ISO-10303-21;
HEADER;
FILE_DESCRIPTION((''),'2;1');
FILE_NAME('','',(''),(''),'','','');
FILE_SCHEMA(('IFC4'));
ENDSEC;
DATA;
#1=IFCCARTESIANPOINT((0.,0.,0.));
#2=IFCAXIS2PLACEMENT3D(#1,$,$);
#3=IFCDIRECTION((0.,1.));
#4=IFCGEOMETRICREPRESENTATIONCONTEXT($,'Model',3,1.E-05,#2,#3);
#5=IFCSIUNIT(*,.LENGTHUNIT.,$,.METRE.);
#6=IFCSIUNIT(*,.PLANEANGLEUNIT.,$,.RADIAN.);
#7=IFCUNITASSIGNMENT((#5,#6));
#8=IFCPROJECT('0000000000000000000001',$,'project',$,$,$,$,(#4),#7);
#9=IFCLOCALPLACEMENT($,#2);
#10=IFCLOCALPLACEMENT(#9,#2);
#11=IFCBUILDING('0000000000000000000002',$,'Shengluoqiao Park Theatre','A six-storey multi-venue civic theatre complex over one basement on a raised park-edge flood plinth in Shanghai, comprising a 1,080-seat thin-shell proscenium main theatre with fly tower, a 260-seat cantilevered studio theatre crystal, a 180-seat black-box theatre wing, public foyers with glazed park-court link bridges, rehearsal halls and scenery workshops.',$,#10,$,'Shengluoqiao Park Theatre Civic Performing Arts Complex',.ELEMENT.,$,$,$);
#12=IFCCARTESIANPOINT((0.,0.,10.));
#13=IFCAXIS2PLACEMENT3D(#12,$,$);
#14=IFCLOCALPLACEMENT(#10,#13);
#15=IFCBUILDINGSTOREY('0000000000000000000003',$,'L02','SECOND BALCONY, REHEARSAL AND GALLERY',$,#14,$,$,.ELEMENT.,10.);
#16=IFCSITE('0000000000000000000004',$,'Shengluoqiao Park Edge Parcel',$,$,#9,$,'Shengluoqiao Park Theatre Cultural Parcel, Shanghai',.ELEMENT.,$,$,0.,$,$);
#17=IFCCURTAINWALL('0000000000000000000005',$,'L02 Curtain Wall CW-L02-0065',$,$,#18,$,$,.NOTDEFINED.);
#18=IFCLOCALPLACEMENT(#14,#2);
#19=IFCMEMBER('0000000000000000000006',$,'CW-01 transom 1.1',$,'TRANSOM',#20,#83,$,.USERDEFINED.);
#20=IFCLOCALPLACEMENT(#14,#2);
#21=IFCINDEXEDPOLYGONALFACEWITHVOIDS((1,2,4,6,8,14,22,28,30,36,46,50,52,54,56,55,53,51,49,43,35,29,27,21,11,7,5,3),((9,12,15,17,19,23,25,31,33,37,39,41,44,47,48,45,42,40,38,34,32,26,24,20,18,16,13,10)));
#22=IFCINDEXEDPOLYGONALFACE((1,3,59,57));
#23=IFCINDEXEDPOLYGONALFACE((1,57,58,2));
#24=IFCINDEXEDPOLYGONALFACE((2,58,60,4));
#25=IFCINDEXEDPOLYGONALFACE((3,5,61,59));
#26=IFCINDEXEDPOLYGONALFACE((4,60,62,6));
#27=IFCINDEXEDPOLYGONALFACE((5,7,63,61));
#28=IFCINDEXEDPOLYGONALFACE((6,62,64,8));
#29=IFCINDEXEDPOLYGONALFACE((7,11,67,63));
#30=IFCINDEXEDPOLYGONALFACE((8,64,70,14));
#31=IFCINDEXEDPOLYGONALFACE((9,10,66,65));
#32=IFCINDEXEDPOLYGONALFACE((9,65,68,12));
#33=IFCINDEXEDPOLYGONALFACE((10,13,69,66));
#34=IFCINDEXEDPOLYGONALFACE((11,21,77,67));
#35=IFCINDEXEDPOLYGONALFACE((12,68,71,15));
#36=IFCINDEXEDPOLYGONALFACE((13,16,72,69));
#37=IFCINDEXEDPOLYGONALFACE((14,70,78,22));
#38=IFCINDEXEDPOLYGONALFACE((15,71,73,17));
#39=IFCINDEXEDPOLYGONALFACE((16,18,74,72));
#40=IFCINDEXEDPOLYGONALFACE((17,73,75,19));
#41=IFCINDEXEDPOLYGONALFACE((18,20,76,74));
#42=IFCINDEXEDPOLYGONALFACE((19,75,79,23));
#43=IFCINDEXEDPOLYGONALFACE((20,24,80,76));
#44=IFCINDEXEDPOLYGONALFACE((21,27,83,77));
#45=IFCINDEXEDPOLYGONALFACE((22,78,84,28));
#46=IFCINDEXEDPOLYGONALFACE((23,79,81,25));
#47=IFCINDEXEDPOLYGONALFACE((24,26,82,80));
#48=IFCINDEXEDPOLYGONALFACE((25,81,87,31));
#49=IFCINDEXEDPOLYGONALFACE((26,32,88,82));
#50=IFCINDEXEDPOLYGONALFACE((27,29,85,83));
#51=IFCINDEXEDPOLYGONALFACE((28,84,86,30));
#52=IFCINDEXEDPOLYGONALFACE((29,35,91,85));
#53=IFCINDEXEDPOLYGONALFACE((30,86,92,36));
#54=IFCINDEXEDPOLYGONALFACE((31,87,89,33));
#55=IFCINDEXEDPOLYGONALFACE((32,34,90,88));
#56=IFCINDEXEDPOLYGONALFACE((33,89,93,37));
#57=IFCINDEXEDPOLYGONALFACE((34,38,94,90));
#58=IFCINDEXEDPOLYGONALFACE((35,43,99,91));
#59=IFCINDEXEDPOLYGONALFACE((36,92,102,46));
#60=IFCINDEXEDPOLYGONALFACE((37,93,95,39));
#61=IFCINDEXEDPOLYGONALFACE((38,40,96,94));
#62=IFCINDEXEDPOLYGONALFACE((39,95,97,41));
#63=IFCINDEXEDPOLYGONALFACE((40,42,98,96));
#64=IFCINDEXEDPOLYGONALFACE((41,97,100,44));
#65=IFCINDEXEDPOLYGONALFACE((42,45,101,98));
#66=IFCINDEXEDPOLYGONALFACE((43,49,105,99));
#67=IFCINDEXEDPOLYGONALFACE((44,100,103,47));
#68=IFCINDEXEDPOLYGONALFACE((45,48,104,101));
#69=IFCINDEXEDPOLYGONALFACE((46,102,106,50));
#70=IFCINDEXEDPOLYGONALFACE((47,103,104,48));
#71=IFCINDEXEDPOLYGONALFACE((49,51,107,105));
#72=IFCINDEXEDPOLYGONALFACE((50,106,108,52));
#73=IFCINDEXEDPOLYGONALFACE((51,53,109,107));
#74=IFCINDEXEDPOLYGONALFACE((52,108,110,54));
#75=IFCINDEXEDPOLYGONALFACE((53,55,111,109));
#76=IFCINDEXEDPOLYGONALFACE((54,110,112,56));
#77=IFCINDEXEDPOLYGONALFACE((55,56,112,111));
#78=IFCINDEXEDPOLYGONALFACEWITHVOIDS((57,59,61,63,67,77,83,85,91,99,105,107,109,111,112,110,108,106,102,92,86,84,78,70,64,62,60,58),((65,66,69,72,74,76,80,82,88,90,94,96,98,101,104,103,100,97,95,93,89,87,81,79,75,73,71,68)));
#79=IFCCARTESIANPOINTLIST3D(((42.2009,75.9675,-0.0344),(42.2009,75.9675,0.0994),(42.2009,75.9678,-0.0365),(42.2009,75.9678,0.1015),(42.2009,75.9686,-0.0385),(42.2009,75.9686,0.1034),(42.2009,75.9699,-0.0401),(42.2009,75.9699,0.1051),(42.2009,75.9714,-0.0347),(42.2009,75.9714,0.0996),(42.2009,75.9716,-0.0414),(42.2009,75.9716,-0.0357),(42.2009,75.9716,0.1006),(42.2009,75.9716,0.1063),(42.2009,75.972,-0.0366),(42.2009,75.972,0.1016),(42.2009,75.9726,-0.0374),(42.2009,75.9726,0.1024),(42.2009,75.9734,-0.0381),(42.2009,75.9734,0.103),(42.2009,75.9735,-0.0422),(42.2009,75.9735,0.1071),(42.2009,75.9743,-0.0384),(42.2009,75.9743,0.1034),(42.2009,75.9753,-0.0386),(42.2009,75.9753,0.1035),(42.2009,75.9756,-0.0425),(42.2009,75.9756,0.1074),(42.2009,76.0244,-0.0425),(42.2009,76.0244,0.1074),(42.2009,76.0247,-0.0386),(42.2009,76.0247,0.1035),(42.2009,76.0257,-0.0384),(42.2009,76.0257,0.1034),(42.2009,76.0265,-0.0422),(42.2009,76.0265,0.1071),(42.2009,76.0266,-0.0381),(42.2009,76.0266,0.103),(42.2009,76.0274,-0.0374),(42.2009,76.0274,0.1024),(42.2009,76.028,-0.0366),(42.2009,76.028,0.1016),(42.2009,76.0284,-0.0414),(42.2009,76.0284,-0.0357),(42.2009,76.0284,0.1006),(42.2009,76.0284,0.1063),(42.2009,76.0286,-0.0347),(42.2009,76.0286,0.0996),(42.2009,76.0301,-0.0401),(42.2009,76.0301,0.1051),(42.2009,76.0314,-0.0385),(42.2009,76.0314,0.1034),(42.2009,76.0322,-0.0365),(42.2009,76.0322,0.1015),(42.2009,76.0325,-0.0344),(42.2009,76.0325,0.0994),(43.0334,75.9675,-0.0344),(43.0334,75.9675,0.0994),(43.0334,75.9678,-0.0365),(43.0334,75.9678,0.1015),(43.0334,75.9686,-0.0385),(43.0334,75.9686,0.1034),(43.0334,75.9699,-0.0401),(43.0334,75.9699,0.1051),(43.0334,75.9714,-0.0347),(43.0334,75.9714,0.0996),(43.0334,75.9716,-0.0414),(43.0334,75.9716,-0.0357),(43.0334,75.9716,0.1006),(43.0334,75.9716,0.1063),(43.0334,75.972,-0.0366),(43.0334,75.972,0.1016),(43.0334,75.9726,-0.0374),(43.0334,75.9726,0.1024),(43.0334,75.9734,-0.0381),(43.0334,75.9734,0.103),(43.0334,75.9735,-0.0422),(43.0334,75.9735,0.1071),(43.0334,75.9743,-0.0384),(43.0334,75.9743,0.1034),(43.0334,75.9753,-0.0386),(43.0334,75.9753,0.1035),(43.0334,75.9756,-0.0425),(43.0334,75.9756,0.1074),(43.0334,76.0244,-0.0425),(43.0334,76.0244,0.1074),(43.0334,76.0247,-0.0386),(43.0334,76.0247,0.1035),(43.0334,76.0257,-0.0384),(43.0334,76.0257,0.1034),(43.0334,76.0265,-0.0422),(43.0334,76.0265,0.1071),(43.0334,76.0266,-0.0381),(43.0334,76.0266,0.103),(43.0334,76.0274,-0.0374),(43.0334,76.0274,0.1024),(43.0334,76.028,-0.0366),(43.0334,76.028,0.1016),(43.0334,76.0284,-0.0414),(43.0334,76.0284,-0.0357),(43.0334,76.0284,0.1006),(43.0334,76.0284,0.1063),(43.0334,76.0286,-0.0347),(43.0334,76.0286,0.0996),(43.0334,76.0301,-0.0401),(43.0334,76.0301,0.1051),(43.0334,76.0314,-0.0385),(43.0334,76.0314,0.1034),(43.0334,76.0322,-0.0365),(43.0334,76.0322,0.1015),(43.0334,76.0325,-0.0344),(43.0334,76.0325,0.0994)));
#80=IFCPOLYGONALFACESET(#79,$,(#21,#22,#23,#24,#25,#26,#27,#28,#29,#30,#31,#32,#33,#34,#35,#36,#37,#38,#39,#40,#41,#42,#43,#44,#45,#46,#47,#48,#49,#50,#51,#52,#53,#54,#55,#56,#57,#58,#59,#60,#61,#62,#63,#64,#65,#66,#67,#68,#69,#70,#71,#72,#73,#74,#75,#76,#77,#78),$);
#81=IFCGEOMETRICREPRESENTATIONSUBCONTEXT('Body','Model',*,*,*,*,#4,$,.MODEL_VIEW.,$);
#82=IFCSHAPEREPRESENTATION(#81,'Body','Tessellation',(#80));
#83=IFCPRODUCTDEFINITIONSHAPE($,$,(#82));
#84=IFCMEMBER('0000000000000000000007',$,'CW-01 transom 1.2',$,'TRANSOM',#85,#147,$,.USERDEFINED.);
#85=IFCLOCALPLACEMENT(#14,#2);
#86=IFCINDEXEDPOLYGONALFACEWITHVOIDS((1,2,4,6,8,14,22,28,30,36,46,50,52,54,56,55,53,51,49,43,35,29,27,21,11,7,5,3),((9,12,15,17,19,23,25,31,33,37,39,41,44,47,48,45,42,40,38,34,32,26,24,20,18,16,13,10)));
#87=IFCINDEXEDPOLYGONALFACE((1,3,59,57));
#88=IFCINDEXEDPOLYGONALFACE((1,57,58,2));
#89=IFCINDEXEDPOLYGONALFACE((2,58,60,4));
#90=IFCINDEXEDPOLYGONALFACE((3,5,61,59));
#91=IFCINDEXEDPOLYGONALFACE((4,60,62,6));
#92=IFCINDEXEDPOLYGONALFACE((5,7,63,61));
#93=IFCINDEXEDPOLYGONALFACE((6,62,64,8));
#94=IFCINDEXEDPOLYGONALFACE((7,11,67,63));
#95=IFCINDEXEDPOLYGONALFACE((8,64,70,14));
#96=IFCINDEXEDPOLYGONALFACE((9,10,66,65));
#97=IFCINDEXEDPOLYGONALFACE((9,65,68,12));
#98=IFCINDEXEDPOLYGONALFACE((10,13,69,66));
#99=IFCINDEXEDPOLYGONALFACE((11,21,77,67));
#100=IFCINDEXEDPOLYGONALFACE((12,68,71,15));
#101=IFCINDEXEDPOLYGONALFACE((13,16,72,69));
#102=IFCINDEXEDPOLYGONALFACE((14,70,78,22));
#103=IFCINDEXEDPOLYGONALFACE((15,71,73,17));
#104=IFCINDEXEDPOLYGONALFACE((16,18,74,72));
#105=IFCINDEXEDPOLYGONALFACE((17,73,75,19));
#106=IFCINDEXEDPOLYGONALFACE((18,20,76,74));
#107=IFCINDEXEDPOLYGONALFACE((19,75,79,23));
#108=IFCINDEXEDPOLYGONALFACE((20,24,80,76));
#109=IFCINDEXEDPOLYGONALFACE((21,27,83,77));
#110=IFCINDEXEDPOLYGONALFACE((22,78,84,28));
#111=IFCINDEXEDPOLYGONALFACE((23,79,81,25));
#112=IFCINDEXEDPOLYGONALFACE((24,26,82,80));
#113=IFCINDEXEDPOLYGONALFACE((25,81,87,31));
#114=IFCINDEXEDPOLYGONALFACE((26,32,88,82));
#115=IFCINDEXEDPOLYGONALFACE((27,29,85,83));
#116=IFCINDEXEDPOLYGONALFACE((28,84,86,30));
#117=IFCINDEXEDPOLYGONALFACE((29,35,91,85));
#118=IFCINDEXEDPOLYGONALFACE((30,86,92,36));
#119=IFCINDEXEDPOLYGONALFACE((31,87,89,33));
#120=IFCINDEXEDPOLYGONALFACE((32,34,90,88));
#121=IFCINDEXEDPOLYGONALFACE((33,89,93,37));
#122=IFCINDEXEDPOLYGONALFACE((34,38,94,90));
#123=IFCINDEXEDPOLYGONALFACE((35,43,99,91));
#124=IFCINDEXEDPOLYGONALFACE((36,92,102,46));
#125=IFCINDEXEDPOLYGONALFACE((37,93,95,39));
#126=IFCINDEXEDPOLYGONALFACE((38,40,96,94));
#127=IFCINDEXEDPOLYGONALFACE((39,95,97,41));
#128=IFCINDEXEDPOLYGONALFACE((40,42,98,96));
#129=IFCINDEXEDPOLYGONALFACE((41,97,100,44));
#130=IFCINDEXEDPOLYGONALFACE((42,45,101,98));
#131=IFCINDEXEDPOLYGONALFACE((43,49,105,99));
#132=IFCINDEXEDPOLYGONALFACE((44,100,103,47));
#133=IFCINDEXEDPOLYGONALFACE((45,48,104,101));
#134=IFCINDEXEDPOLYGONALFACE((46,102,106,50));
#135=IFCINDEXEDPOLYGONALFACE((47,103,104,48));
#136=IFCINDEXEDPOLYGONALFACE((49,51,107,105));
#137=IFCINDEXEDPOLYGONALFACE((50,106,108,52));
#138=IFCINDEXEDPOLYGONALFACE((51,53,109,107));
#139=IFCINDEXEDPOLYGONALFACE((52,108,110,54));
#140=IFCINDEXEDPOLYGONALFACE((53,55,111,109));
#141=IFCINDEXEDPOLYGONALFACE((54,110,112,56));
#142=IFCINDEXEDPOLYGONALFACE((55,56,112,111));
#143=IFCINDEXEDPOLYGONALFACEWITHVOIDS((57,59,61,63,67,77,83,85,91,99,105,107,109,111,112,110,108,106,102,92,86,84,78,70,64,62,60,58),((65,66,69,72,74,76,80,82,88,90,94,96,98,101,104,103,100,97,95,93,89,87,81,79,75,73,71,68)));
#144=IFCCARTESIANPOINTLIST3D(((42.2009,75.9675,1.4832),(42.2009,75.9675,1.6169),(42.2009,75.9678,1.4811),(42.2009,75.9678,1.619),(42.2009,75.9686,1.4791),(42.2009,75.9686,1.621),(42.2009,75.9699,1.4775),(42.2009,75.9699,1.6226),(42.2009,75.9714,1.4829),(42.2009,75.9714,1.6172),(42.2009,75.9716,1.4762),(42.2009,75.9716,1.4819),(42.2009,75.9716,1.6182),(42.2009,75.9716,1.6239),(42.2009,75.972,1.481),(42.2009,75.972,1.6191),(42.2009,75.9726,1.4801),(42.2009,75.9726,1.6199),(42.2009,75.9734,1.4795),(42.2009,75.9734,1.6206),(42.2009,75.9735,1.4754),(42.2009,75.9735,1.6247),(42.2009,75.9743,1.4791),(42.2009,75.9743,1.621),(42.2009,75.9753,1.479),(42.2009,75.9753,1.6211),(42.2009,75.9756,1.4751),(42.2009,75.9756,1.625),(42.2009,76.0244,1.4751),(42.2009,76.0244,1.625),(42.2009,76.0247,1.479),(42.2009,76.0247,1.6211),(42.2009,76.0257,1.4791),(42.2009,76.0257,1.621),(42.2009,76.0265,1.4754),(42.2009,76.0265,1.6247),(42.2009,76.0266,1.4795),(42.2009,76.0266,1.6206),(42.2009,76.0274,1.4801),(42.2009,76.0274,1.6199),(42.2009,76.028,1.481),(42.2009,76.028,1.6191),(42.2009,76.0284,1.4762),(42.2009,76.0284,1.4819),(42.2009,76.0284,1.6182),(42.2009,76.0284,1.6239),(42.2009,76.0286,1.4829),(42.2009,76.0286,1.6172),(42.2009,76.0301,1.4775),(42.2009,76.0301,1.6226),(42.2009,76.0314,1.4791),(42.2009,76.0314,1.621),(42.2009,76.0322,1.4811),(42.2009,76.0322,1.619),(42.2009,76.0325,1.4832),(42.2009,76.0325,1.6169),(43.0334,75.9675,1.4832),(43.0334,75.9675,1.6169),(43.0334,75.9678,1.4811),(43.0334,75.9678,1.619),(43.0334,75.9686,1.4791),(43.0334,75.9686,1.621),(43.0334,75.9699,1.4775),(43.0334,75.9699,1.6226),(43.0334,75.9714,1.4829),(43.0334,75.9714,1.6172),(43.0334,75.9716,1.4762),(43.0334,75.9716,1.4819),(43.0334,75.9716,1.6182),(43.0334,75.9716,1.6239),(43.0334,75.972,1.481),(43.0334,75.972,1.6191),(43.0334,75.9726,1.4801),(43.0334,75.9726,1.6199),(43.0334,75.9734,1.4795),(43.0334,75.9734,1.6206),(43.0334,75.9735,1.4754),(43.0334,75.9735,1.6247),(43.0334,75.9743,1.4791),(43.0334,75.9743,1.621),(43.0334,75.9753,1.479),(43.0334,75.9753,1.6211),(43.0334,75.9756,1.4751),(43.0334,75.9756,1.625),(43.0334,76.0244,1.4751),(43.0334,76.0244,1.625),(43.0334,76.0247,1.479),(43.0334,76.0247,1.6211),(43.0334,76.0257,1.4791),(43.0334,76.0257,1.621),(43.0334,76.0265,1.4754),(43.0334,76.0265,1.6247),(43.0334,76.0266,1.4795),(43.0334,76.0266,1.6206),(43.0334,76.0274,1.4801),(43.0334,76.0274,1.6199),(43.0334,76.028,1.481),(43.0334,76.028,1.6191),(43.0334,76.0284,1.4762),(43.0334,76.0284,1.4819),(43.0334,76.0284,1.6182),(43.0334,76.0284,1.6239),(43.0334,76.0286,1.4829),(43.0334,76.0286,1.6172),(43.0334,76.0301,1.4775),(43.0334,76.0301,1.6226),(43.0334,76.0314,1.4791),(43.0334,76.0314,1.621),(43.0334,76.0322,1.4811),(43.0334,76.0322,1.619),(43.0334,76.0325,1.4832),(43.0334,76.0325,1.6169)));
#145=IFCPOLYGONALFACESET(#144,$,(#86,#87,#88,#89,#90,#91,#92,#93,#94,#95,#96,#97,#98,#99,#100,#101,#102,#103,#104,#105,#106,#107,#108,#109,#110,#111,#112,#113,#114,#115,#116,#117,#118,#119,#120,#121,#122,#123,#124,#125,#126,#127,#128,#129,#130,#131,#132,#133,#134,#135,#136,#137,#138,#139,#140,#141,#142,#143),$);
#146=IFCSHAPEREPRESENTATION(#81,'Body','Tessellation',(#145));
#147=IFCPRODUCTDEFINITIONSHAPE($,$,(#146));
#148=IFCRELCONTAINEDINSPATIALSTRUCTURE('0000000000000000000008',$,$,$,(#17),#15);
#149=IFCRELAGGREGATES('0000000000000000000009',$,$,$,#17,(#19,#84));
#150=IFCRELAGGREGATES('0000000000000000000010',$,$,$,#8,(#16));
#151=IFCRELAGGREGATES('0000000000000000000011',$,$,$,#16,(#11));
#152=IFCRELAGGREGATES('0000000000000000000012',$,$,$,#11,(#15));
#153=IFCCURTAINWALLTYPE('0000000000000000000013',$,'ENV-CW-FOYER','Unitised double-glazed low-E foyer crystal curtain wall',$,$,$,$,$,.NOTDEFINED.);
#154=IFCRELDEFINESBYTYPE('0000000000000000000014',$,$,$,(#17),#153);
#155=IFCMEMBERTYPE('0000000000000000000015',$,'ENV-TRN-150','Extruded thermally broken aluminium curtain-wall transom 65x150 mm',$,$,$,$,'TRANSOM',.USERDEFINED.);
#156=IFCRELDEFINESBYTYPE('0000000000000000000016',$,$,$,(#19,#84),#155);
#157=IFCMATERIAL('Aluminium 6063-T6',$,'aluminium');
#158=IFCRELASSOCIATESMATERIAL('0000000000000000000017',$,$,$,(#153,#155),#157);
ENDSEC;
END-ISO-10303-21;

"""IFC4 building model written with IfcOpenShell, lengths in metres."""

from ifc_helpers import new_model, si_unit, direction, frame, origin, origin_2d, place, context, subcontext, project, spatial, hollow_rectangle, extrude, material, material_profile, profile_set, type_object, element, aggregate, save


model = new_model("IFC4")

# Units and contexts
model_context = context("Model", 3, precision=1e-05, world=origin(), true_north=direction((0.0, 1.0)))
body_context = subcontext(model_context, "Body", "Model", "MODEL_VIEW")
ifc_project = project(units=[si_unit("LENGTHUNIT", "METRE"), si_unit("PLANEANGLEUNIT", "RADIAN")], contexts=[model_context])

# Site, building, storey
site_placement = place(None, origin())
site = spatial("IfcSite", under=ifc_project, at=site_placement, Name="Shengluoqiao Park Edge Parcel", LongName="Shengluoqiao Park Theatre Cultural Parcel, Shanghai", CompositionType="ELEMENT", RefElevation=0.0)
building_placement = place(site_placement, origin())
building = spatial("IfcBuilding", under=site, at=building_placement, Name="Shengluoqiao Park Theatre", Description="A six-storey multi-venue civic theatre complex over one basement on a raised park-edge flood plinth in Shanghai, comprising a 1,080-seat thin-shell proscenium main theatre with fly tower, a 260-seat cantilevered studio theatre crystal, a 180-seat black-box theatre wing, public foyers with glazed park-court link bridges, rehearsal halls and scenery workshops.", LongName="Shengluoqiao Park Theatre Civic Performing Arts Complex", CompositionType="ELEMENT")
storey_placement = place(building_placement, frame((0.0, 0.0, 10.0)))
storey = spatial("IfcBuildingStorey", under=building, at=storey_placement, Name="L02", Description="SECOND BALCONY, REHEARSAL AND GALLERY", CompositionType="ELEMENT", Elevation=10.0)

# Shared definitions
ifc_material_1 = material(Name="Aluminium 6063-T6", Category="aluminium")
curtain_wall_type = type_object("IfcCurtainWallType", Name="ENV-CW-FOYER", Description="Unitised double-glazed low-E foyer crystal curtain wall", PredefinedType="NOTDEFINED", material=ifc_material_1)

# Curtain wall
curtain_wall_1_placement = place(storey_placement, origin())
curtain_wall_1 = element("IfcCurtainWall", 1, at=curtain_wall_1_placement, inside=storey, type_object=curtain_wall_type, Name="L02 Curtain Wall CW-L02-0065", PredefinedType="NOTDEFINED")

# Members
ifc_material_profile_1 = material_profile(ifc_material_1, hollow_rectangle(XDim=0.0649, YDim=0.1499, WallThickness=0.0039, InnerFilletRadius=0.0039, OuterFilletRadius=0.0081, at=origin_2d()), Name="ALU TRANSOM 150x65x4")
ifc_profile_set_1 = profile_set([ifc_material_profile_1], Name="Aluminium 6063-T6")
member_type_1 = type_object("IfcMemberType", Name="ENV-TRN-150", Description="Extruded thermally broken aluminium curtain-wall transom 65x150 mm", ElementType="TRANSOM", PredefinedType="USERDEFINED", material=ifc_profile_set_1)
member_1_placement = place(storey_placement, frame((42.2009, 76.0, 0.0325), z_axis=(1.0, 0.0, 0.0), x_axis=(0.0, 1.0, 0.0)))
member_1 = element("IfcMember", 2, at=member_1_placement, type_object=member_type_1, Name="CW-01 transom 1.1", ObjectType="TRANSOM", PredefinedType="USERDEFINED", context=body_context, shape_type="SweptSolid", body=[
    extrude(hollow_rectangle(XDim=0.0649, YDim=0.1499, WallThickness=0.0039, InnerFilletRadius=0.0039, OuterFilletRadius=0.0081, at=origin_2d()), origin(), (0.0, 0.0, 1.0), 0.8325),
])
member_2_placement = place(storey_placement, frame((42.2009, 76.0, 1.55), z_axis=(1.0, 0.0, 0.0), x_axis=(0.0, 1.0, 0.0)))
member_2 = element("IfcMember", 3, at=member_2_placement, type_object=member_type_1, Name="CW-01 transom 1.2", ObjectType="TRANSOM", PredefinedType="USERDEFINED", context=body_context, shape_type="SweptSolid", body=[
    extrude(hollow_rectangle(XDim=0.0649, YDim=0.1499, WallThickness=0.0039, InnerFilletRadius=0.0039, OuterFilletRadius=0.0081, at=origin_2d()), origin(), (0.0, 0.0, 1.0), 0.8325),
])

aggregate(curtain_wall_1, [member_1, member_2])

save(model, "model.ifc")
